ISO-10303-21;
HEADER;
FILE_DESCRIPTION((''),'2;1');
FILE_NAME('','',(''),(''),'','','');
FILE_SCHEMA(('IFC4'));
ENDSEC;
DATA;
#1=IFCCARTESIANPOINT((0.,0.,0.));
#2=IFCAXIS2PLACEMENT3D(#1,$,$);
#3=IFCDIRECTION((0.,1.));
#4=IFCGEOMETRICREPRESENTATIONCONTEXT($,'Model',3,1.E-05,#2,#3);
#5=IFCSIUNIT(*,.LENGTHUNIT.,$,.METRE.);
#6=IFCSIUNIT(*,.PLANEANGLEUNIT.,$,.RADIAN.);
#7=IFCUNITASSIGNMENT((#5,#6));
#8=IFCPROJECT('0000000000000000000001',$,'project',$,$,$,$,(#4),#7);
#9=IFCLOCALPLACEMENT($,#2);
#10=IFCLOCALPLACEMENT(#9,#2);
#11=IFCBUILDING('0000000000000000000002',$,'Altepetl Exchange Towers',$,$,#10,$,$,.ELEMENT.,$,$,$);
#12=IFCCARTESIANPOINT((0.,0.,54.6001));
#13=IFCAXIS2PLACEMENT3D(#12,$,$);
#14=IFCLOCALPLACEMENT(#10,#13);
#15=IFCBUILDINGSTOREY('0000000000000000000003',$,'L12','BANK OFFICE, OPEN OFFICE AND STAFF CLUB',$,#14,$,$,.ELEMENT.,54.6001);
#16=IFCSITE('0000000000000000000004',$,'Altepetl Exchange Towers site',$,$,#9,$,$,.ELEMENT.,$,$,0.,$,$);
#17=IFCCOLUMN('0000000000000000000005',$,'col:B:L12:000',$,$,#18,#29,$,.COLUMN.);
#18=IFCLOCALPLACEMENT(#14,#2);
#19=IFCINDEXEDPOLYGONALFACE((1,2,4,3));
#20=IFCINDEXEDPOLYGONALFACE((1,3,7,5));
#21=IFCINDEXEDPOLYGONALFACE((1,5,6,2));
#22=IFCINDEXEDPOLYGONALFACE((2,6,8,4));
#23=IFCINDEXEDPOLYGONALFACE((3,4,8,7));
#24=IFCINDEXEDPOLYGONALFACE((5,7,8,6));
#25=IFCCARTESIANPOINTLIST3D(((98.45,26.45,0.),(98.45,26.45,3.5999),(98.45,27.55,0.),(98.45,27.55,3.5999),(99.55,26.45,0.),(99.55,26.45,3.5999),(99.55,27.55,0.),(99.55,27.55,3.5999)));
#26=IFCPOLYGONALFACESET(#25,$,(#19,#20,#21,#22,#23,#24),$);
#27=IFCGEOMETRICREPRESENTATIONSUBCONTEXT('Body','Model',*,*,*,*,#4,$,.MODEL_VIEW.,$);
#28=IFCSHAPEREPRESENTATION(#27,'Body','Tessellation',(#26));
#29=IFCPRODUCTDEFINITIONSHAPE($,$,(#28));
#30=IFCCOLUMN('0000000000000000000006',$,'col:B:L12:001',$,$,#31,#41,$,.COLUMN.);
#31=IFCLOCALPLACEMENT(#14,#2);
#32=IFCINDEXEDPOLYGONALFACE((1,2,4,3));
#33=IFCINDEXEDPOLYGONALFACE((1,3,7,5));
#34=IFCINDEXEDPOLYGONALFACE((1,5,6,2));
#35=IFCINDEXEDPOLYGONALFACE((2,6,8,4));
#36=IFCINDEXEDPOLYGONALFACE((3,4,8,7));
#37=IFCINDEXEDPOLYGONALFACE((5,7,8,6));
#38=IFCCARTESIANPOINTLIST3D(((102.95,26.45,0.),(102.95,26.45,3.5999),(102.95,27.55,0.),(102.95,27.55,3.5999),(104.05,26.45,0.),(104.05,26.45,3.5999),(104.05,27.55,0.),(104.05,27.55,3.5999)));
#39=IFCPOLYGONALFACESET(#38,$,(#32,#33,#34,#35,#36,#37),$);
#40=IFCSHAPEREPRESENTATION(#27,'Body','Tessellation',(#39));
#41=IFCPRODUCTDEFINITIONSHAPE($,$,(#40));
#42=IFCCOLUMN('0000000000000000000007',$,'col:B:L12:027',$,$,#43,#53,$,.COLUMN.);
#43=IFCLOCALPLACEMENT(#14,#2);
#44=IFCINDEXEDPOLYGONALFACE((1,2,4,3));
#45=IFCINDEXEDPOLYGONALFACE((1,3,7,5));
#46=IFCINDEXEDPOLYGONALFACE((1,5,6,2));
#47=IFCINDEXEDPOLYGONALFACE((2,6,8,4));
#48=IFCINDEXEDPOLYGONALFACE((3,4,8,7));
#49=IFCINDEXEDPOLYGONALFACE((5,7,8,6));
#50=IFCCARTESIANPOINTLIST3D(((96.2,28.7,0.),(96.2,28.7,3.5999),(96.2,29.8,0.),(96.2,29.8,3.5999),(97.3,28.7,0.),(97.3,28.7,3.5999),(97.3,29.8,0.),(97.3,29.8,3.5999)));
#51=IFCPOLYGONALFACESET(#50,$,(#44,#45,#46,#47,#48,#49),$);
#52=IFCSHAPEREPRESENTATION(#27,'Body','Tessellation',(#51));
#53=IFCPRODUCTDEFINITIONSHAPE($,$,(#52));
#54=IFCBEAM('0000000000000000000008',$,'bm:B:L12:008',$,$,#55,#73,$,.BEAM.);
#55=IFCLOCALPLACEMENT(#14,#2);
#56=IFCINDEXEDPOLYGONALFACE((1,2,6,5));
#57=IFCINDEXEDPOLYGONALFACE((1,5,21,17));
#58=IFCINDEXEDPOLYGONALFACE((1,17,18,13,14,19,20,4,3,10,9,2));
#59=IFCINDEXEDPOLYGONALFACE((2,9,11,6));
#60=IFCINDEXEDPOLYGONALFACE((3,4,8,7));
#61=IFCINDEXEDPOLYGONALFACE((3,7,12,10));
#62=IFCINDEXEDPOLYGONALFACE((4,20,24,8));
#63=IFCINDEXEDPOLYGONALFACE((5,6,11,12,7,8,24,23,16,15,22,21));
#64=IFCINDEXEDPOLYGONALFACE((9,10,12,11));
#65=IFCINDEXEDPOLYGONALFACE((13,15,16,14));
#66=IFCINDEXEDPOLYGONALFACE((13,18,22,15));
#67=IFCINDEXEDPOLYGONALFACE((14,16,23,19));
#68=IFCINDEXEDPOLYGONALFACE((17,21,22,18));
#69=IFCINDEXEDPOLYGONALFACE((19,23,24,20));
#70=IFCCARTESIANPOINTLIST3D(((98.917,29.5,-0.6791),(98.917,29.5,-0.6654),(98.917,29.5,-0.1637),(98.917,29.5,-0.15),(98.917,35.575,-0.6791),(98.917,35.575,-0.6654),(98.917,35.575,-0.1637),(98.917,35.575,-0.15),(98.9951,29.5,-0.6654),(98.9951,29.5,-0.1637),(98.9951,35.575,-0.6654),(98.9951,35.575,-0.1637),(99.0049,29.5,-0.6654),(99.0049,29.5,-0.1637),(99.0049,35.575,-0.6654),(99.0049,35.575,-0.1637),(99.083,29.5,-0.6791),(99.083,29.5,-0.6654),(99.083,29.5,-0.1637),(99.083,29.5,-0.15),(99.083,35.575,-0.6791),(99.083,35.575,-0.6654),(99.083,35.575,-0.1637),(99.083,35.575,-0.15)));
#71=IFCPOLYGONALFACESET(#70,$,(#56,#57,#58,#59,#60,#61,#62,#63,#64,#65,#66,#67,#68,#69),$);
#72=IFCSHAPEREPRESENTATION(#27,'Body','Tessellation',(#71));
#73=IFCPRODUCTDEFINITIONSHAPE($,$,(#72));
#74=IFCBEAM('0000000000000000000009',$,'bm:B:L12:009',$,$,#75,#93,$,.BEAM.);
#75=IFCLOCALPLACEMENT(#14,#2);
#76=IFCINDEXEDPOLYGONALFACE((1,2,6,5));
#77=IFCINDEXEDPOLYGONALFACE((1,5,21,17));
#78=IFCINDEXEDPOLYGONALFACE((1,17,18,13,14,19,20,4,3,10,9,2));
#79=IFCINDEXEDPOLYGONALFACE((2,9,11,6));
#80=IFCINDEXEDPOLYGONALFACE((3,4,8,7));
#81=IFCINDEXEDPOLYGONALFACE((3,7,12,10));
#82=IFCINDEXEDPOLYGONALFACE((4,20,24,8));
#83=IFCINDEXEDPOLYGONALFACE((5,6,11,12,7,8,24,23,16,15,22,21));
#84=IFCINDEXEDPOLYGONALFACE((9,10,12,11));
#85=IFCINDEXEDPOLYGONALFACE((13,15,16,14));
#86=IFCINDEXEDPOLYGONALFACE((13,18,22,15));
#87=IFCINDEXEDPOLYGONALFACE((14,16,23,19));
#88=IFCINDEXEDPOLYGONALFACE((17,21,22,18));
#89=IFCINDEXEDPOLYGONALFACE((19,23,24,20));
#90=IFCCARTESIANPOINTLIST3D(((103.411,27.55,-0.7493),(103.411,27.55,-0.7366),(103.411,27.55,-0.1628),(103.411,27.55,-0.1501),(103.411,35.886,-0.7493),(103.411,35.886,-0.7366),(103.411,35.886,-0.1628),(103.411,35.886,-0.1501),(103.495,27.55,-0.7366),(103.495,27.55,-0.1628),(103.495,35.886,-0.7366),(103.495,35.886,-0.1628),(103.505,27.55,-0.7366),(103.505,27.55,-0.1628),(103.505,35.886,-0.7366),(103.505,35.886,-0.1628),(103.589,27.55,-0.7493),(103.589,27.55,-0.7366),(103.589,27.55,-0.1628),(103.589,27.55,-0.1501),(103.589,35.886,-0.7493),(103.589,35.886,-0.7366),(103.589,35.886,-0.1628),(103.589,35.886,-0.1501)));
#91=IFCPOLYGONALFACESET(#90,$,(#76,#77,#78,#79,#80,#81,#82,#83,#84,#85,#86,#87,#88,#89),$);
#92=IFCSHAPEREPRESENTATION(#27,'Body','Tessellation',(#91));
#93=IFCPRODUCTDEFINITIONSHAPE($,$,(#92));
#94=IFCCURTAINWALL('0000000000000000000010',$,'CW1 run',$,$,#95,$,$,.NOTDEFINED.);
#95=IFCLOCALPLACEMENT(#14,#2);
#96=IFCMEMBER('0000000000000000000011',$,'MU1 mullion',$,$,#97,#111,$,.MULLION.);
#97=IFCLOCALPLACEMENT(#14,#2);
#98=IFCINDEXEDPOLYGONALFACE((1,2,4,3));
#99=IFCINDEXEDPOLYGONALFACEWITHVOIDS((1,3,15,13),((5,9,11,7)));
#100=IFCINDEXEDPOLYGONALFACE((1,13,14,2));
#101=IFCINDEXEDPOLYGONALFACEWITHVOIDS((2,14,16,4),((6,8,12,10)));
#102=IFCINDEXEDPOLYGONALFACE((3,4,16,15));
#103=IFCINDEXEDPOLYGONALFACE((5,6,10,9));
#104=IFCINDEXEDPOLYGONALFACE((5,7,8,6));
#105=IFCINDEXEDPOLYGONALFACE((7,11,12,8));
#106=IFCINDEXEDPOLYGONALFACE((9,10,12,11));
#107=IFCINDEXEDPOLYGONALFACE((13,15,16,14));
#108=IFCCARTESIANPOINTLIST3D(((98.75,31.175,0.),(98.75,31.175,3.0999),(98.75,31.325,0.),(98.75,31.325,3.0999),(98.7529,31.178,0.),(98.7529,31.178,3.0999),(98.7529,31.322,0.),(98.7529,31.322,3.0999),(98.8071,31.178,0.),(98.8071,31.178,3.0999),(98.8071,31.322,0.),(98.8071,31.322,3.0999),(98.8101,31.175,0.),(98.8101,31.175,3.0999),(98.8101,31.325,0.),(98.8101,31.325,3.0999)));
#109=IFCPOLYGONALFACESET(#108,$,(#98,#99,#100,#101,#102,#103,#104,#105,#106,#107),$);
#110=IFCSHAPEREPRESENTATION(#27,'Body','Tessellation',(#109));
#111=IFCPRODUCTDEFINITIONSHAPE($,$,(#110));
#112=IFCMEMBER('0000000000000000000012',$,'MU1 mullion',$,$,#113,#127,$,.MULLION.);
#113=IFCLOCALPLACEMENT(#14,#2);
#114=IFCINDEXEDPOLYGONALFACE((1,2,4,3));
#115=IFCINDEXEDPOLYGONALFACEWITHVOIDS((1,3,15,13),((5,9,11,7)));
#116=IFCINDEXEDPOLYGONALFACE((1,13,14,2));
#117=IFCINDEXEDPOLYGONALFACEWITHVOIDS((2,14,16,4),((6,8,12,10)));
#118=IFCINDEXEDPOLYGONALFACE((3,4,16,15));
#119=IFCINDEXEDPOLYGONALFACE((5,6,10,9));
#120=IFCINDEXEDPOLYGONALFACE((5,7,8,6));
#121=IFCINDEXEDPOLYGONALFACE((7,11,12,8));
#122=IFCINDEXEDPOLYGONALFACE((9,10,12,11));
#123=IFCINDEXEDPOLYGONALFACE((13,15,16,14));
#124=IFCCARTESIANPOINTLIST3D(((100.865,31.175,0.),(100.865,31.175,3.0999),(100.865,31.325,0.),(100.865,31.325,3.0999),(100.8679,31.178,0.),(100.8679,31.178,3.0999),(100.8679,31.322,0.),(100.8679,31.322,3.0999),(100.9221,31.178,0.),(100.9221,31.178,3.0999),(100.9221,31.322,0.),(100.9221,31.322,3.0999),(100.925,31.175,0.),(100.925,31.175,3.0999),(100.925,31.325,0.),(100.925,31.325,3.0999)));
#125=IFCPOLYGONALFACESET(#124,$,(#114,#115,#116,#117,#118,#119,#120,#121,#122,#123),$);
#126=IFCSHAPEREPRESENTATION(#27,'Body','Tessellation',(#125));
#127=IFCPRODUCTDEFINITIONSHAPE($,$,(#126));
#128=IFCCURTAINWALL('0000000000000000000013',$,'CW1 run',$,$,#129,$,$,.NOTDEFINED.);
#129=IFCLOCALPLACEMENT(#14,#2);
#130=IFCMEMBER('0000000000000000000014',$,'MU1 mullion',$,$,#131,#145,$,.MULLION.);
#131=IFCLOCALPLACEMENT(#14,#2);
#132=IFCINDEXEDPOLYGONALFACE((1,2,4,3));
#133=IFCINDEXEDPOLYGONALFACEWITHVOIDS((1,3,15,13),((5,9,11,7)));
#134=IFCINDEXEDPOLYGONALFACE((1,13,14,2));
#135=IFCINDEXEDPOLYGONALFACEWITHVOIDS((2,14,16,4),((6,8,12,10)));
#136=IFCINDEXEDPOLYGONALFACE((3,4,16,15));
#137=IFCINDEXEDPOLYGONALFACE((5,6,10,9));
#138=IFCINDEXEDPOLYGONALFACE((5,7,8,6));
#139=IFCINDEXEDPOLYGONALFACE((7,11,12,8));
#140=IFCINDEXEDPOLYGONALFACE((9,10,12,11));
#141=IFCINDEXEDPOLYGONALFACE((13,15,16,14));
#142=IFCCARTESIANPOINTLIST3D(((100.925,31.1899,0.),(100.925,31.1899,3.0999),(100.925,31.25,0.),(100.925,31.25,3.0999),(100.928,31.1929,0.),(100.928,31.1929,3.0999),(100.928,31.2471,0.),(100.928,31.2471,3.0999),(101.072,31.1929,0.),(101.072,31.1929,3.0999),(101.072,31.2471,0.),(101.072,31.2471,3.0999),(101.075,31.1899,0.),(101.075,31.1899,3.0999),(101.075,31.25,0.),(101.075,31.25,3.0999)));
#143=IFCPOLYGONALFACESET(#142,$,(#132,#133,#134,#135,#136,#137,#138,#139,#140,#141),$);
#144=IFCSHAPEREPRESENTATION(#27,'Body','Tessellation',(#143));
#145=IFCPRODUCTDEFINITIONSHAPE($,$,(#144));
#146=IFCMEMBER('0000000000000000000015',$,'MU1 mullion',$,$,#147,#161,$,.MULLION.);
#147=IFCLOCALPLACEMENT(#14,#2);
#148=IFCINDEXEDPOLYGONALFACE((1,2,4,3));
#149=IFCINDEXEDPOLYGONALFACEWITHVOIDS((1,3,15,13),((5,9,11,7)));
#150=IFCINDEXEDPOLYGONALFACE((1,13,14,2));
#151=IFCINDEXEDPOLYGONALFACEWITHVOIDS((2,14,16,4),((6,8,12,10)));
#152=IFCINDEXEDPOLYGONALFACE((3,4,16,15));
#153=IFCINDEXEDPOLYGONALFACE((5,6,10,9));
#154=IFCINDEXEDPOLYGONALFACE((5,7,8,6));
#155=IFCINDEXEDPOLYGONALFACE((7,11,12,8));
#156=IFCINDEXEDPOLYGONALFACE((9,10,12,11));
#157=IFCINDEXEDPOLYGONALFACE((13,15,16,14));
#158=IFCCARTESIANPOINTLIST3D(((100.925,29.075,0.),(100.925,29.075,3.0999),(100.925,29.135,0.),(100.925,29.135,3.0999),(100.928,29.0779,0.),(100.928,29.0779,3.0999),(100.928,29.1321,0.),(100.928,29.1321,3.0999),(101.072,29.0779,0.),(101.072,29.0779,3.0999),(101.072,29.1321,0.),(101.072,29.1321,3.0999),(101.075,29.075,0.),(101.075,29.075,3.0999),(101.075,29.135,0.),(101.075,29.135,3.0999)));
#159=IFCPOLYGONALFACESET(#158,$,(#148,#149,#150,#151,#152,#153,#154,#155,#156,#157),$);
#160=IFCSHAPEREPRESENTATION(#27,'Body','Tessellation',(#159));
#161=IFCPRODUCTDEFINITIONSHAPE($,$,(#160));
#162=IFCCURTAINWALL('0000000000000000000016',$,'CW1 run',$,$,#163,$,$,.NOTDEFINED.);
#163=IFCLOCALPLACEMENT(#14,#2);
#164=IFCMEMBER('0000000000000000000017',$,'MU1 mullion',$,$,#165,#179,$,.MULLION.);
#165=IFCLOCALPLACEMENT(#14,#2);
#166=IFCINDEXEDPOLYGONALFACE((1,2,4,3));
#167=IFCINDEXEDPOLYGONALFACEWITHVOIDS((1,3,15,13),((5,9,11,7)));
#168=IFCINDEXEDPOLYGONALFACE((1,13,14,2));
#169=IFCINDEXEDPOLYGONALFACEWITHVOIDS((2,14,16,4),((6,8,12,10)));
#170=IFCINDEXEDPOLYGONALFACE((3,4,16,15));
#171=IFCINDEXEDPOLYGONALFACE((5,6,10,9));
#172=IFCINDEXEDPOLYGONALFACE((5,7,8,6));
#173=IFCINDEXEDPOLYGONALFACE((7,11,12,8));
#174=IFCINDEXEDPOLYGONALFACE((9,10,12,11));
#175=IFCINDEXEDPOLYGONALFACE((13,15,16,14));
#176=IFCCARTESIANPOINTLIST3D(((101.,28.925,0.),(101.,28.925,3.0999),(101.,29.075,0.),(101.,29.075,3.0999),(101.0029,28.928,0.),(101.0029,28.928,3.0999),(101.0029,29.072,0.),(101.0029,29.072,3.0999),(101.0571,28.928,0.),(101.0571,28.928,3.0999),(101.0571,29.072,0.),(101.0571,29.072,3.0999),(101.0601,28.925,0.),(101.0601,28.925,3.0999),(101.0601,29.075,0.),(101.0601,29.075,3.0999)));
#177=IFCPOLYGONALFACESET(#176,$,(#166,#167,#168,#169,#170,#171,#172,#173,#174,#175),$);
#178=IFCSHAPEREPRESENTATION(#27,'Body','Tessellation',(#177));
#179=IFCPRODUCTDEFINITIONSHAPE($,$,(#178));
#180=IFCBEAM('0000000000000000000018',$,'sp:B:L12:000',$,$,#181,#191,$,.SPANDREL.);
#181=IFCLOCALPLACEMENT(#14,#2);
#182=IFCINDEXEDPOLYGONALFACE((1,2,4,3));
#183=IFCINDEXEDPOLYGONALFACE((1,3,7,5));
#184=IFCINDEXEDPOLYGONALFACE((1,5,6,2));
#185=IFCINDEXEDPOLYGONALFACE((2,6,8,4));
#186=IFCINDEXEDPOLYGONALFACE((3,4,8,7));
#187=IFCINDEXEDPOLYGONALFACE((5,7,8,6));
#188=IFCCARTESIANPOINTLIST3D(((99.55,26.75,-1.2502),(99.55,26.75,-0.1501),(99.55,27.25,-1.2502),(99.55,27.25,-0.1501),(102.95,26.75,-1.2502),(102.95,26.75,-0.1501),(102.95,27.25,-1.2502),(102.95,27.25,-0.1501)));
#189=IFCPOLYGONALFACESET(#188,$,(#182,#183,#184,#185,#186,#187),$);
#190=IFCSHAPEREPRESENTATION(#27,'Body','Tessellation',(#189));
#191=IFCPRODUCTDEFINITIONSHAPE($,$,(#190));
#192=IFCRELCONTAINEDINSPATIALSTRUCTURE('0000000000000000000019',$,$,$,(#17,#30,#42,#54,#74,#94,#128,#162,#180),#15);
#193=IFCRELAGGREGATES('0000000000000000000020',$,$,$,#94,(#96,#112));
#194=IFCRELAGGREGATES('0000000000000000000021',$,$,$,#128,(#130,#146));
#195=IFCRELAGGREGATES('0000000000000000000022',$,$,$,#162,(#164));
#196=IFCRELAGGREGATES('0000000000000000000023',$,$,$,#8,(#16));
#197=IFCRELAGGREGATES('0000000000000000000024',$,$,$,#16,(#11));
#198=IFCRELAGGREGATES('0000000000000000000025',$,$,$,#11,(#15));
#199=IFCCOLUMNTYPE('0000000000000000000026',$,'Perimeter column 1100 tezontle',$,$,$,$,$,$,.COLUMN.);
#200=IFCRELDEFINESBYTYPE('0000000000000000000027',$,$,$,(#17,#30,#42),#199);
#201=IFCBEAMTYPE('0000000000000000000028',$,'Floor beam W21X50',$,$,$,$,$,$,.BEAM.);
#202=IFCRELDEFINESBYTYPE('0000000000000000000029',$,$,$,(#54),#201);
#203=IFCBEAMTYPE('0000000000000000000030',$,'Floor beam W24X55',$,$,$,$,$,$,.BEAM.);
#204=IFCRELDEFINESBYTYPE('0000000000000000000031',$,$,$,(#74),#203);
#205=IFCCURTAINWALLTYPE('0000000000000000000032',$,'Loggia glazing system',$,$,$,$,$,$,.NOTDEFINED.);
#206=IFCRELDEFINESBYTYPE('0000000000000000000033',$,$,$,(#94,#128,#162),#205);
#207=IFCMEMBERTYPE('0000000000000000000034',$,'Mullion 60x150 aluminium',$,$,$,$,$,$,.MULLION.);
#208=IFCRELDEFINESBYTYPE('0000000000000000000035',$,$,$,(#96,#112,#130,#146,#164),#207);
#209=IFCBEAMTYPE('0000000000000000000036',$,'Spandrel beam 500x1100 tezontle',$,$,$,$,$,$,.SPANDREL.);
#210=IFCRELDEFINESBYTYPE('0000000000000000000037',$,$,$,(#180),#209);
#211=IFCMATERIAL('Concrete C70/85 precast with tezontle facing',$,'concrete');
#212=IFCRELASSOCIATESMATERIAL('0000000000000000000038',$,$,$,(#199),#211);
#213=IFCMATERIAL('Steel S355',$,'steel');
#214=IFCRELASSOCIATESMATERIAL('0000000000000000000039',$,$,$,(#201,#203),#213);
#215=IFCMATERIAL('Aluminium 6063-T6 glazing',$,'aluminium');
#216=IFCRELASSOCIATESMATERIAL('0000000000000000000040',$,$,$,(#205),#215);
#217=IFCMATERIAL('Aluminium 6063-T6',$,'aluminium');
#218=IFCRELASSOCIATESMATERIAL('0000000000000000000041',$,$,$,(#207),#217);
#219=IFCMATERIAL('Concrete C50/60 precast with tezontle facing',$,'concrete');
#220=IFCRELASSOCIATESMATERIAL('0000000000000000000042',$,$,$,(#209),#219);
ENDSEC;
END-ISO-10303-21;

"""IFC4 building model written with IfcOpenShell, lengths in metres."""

from ifc_helpers import new_model, si_unit, direction, frame, origin, origin_2d, place, context, subcontext, project, spatial, rectangle, hollow_rectangle, i_section, extrude, material, material_profile, profile_set, type_object, element, aggregate, save


model = new_model("IFC4")

# Units and contexts
model_context = context("Model", 3, precision=1e-05, world=origin(), true_north=direction((0.0, 1.0)))
body_context = subcontext(model_context, "Body", "Model", "MODEL_VIEW")
ifc_project = project(units=[si_unit("LENGTHUNIT", "METRE"), si_unit("PLANEANGLEUNIT", "RADIAN")], contexts=[model_context])

# Site, building, storey
site_placement = place(None, origin())
site = spatial("IfcSite", under=ifc_project, at=site_placement, Name="Altepetl Exchange Towers site", CompositionType="ELEMENT", RefElevation=0.0)
building_placement = place(site_placement, origin())
building = spatial("IfcBuilding", under=site, at=building_placement, Name="Altepetl Exchange Towers", CompositionType="ELEMENT")
storey_placement = place(building_placement, frame((0.0, 0.0, 54.6001)))
storey = spatial("IfcBuildingStorey", under=building, at=storey_placement, Name="L12", Description="BANK OFFICE, OPEN OFFICE AND STAFF CLUB", CompositionType="ELEMENT", Elevation=54.6001)

# Columns
ifc_material_1 = material(Name="Concrete C70/85 precast with tezontle facing", Category="concrete")
ifc_material_profile_1 = material_profile(ifc_material_1, rectangle(XDim=1.1001, YDim=1.1001, at=origin_2d()), Name="1100 x 1100")
ifc_profile_set_1 = profile_set([ifc_material_profile_1], Name="Concrete C70/85 precast with tezontle facing")
column_type = type_object("IfcColumnType", Name="Perimeter column 1100 tezontle", PredefinedType="COLUMN", material=ifc_profile_set_1)
for number, where, name in (
    (1, (99.0, 27.0, 0.0), "col:B:L12:000"),
    (2, (103.5, 27.0, 0.0), "col:B:L12:001"),
    (3, (96.75, 29.25, 0.0), "col:B:L12:027"),
):
    element("IfcColumn", number, at=place(storey_placement, frame(where)), inside=storey, type_object=column_type, Name=name, PredefinedType="COLUMN", context=body_context, shape_type="SweptSolid", body=[
        extrude(rectangle(XDim=1.1001, YDim=1.1001, at=origin_2d()), origin(), (0.0, 0.0, 1.0), 3.5999),
    ])

# Beams
ifc_material_2 = material(Name="Steel S355", Category="steel")
ifc_material_profile_2 = material_profile(ifc_material_2, i_section(OverallWidth=0.166, OverallDepth=0.5291, WebThickness=0.0098, FlangeThickness=0.0137, at=origin_2d()), Name="W21X50")
ifc_profile_set_2 = profile_set([ifc_material_profile_2], Name="Steel S355")
beam_type_1 = type_object("IfcBeamType", Name="Floor beam W21X50", PredefinedType="BEAM", material=ifc_profile_set_2)
beam_1_placement = place(storey_placement, frame((99.0, 29.5, -0.4146), z_axis=(0.0, 1.0, 0.0), x_axis=(-1.0, 0.0, 0.0)))
element("IfcBeam", 4, at=beam_1_placement, inside=storey, type_object=beam_type_1, Name="bm:B:L12:008", PredefinedType="BEAM", context=body_context, shape_type="SweptSolid", body=[
    extrude(i_section(OverallWidth=0.166, OverallDepth=0.5291, WebThickness=0.0098, FlangeThickness=0.0137, at=origin_2d()), origin(), (0.0, 0.0, 1.0), 6.075),
])
ifc_material_profile_3 = material_profile(ifc_material_2, i_section(OverallWidth=0.178, OverallDepth=0.5991, WebThickness=0.01, FlangeThickness=0.0127, at=origin_2d()), Name="W24X55")
ifc_profile_set_3 = profile_set([ifc_material_profile_3], Name="Steel S355")
beam_type_2 = type_object("IfcBeamType", Name="Floor beam W24X55", PredefinedType="BEAM", material=ifc_profile_set_3)
beam_2_placement = place(storey_placement, frame((103.5, 27.55, -0.4497), z_axis=(0.0, 1.0, 0.0), x_axis=(-1.0, 0.0, 0.0)))
element("IfcBeam", 5, at=beam_2_placement, inside=storey, type_object=beam_type_2, Name="bm:B:L12:009", PredefinedType="BEAM", context=body_context, shape_type="SweptSolid", body=[
    extrude(i_section(OverallWidth=0.178, OverallDepth=0.5991, WebThickness=0.01, FlangeThickness=0.0127, at=origin_2d()), origin(), (0.0, 0.0, 1.0), 8.3359),
])

# Curtain walls, members
ifc_material_3 = material(Name="Aluminium 6063-T6 glazing", Category="aluminium")
curtain_wall_type = type_object("IfcCurtainWallType", Name="Loggia glazing system", PredefinedType="NOTDEFINED", material=ifc_material_3)
curtain_wall_1_placement = place(storey_placement, origin())
curtain_wall_1 = element("IfcCurtainWall", 6, at=curtain_wall_1_placement, inside=storey, type_object=curtain_wall_type, Name="CW1 run", PredefinedType="NOTDEFINED")
ifc_material_4 = material(Name="Aluminium 6063-T6", Category="aluminium")
ifc_material_profile_4 = material_profile(ifc_material_4, hollow_rectangle(XDim=0.0601, YDim=0.1499, WallThickness=0.0029, at=origin_2d()), Name="Mullion 60x150 aluminium")
ifc_profile_set_4 = profile_set([ifc_material_profile_4], Name="Aluminium 6063-T6")
member_type = type_object("IfcMemberType", Name="Mullion 60x150 aluminium", PredefinedType="MULLION", material=ifc_profile_set_4)
member_1_placement = place(storey_placement, frame((98.78, 31.25, 0.0)))
member_1 = element("IfcMember", 7, at=member_1_placement, type_object=member_type, Name="MU1 mullion", PredefinedType="MULLION", context=body_context, shape_type="SweptSolid", body=[
    extrude(hollow_rectangle(XDim=0.0601, YDim=0.1499, WallThickness=0.0029, at=origin_2d()), origin(), (0.0, 0.0, 1.0), 3.0999),
])
member_2_placement = place(storey_placement, frame((100.895, 31.25, 0.0)))
member_2 = element("IfcMember", 8, at=member_2_placement, type_object=member_type, Name="MU1 mullion", PredefinedType="MULLION", context=body_context, shape_type="SweptSolid", body=[
    extrude(hollow_rectangle(XDim=0.0601, YDim=0.1499, WallThickness=0.0029, at=origin_2d()), origin(), (0.0, 0.0, 1.0), 3.0999),
])
curtain_wall_2_placement = place(storey_placement, origin())
curtain_wall_2 = element("IfcCurtainWall", 9, at=curtain_wall_2_placement, inside=storey, type_object=curtain_wall_type, Name="CW1 run", PredefinedType="NOTDEFINED")
member_3_placement = place(storey_placement, frame((101.0, 31.22, 0.0), z_axis=(0.0, 0.0, 1.0), x_axis=(0.0, -1.0, 0.0)))
member_3 = element("IfcMember", 10, at=member_3_placement, type_object=member_type, Name="MU1 mullion", PredefinedType="MULLION", context=body_context, shape_type="SweptSolid", body=[
    extrude(hollow_rectangle(XDim=0.0601, YDim=0.1499, WallThickness=0.0029, at=origin_2d()), origin(), (0.0, 0.0, 1.0), 3.0999),
])
member_4_placement = place(storey_placement, frame((101.0, 29.105, 0.0), z_axis=(0.0, 0.0, 1.0), x_axis=(0.0, -1.0, 0.0)))
member_4 = element("IfcMember", 11, at=member_4_placement, type_object=member_type, Name="MU1 mullion", PredefinedType="MULLION", context=body_context, shape_type="SweptSolid", body=[
    extrude(hollow_rectangle(XDim=0.0601, YDim=0.1499, WallThickness=0.0029, at=origin_2d()), origin(), (0.0, 0.0, 1.0), 3.0999),
])

# Curtain wall, member
curtain_wall_3_placement = place(storey_placement, origin())
curtain_wall_3 = element("IfcCurtainWall", 12, at=curtain_wall_3_placement, inside=storey, type_object=curtain_wall_type, Name="CW1 run", PredefinedType="NOTDEFINED")
member_5_placement = place(storey_placement, frame((101.03, 29.0, 0.0)))
member_5 = element("IfcMember", 13, at=member_5_placement, type_object=member_type, Name="MU1 mullion", PredefinedType="MULLION", context=body_context, shape_type="SweptSolid", body=[
    extrude(hollow_rectangle(XDim=0.0601, YDim=0.1499, WallThickness=0.0029, at=origin_2d()), origin(), (0.0, 0.0, 1.0), 3.0999),
])

# Beam
ifc_material_5 = material(Name="Concrete C50/60 precast with tezontle facing", Category="concrete")
ifc_material_profile_5 = material_profile(ifc_material_5, rectangle(XDim=0.5, YDim=1.1001, at=origin_2d()), Name="500 x 1100")
ifc_profile_set_5 = profile_set([ifc_material_profile_5], Name="Concrete C50/60 precast with tezontle facing")
beam_type_3 = type_object("IfcBeamType", Name="Spandrel beam 500x1100 tezontle", PredefinedType="SPANDREL", material=ifc_profile_set_5)
beam_3_placement = place(storey_placement, frame((99.55, 27.0, -0.7002), z_axis=(1.0, 0.0, 0.0), x_axis=(0.0, 1.0, 0.0)))
element("IfcBeam", 14, at=beam_3_placement, inside=storey, type_object=beam_type_3, Name="sp:B:L12:000", PredefinedType="SPANDREL", context=body_context, shape_type="SweptSolid", body=[
    extrude(rectangle(XDim=0.5, YDim=1.1001, at=origin_2d()), origin(), (0.0, 0.0, 1.0), 3.3999),
])

aggregate(curtain_wall_1, [member_1, member_2])
aggregate(curtain_wall_2, [member_3, member_4])
aggregate(curtain_wall_3, [member_5])

save(model, "model.ifc")
